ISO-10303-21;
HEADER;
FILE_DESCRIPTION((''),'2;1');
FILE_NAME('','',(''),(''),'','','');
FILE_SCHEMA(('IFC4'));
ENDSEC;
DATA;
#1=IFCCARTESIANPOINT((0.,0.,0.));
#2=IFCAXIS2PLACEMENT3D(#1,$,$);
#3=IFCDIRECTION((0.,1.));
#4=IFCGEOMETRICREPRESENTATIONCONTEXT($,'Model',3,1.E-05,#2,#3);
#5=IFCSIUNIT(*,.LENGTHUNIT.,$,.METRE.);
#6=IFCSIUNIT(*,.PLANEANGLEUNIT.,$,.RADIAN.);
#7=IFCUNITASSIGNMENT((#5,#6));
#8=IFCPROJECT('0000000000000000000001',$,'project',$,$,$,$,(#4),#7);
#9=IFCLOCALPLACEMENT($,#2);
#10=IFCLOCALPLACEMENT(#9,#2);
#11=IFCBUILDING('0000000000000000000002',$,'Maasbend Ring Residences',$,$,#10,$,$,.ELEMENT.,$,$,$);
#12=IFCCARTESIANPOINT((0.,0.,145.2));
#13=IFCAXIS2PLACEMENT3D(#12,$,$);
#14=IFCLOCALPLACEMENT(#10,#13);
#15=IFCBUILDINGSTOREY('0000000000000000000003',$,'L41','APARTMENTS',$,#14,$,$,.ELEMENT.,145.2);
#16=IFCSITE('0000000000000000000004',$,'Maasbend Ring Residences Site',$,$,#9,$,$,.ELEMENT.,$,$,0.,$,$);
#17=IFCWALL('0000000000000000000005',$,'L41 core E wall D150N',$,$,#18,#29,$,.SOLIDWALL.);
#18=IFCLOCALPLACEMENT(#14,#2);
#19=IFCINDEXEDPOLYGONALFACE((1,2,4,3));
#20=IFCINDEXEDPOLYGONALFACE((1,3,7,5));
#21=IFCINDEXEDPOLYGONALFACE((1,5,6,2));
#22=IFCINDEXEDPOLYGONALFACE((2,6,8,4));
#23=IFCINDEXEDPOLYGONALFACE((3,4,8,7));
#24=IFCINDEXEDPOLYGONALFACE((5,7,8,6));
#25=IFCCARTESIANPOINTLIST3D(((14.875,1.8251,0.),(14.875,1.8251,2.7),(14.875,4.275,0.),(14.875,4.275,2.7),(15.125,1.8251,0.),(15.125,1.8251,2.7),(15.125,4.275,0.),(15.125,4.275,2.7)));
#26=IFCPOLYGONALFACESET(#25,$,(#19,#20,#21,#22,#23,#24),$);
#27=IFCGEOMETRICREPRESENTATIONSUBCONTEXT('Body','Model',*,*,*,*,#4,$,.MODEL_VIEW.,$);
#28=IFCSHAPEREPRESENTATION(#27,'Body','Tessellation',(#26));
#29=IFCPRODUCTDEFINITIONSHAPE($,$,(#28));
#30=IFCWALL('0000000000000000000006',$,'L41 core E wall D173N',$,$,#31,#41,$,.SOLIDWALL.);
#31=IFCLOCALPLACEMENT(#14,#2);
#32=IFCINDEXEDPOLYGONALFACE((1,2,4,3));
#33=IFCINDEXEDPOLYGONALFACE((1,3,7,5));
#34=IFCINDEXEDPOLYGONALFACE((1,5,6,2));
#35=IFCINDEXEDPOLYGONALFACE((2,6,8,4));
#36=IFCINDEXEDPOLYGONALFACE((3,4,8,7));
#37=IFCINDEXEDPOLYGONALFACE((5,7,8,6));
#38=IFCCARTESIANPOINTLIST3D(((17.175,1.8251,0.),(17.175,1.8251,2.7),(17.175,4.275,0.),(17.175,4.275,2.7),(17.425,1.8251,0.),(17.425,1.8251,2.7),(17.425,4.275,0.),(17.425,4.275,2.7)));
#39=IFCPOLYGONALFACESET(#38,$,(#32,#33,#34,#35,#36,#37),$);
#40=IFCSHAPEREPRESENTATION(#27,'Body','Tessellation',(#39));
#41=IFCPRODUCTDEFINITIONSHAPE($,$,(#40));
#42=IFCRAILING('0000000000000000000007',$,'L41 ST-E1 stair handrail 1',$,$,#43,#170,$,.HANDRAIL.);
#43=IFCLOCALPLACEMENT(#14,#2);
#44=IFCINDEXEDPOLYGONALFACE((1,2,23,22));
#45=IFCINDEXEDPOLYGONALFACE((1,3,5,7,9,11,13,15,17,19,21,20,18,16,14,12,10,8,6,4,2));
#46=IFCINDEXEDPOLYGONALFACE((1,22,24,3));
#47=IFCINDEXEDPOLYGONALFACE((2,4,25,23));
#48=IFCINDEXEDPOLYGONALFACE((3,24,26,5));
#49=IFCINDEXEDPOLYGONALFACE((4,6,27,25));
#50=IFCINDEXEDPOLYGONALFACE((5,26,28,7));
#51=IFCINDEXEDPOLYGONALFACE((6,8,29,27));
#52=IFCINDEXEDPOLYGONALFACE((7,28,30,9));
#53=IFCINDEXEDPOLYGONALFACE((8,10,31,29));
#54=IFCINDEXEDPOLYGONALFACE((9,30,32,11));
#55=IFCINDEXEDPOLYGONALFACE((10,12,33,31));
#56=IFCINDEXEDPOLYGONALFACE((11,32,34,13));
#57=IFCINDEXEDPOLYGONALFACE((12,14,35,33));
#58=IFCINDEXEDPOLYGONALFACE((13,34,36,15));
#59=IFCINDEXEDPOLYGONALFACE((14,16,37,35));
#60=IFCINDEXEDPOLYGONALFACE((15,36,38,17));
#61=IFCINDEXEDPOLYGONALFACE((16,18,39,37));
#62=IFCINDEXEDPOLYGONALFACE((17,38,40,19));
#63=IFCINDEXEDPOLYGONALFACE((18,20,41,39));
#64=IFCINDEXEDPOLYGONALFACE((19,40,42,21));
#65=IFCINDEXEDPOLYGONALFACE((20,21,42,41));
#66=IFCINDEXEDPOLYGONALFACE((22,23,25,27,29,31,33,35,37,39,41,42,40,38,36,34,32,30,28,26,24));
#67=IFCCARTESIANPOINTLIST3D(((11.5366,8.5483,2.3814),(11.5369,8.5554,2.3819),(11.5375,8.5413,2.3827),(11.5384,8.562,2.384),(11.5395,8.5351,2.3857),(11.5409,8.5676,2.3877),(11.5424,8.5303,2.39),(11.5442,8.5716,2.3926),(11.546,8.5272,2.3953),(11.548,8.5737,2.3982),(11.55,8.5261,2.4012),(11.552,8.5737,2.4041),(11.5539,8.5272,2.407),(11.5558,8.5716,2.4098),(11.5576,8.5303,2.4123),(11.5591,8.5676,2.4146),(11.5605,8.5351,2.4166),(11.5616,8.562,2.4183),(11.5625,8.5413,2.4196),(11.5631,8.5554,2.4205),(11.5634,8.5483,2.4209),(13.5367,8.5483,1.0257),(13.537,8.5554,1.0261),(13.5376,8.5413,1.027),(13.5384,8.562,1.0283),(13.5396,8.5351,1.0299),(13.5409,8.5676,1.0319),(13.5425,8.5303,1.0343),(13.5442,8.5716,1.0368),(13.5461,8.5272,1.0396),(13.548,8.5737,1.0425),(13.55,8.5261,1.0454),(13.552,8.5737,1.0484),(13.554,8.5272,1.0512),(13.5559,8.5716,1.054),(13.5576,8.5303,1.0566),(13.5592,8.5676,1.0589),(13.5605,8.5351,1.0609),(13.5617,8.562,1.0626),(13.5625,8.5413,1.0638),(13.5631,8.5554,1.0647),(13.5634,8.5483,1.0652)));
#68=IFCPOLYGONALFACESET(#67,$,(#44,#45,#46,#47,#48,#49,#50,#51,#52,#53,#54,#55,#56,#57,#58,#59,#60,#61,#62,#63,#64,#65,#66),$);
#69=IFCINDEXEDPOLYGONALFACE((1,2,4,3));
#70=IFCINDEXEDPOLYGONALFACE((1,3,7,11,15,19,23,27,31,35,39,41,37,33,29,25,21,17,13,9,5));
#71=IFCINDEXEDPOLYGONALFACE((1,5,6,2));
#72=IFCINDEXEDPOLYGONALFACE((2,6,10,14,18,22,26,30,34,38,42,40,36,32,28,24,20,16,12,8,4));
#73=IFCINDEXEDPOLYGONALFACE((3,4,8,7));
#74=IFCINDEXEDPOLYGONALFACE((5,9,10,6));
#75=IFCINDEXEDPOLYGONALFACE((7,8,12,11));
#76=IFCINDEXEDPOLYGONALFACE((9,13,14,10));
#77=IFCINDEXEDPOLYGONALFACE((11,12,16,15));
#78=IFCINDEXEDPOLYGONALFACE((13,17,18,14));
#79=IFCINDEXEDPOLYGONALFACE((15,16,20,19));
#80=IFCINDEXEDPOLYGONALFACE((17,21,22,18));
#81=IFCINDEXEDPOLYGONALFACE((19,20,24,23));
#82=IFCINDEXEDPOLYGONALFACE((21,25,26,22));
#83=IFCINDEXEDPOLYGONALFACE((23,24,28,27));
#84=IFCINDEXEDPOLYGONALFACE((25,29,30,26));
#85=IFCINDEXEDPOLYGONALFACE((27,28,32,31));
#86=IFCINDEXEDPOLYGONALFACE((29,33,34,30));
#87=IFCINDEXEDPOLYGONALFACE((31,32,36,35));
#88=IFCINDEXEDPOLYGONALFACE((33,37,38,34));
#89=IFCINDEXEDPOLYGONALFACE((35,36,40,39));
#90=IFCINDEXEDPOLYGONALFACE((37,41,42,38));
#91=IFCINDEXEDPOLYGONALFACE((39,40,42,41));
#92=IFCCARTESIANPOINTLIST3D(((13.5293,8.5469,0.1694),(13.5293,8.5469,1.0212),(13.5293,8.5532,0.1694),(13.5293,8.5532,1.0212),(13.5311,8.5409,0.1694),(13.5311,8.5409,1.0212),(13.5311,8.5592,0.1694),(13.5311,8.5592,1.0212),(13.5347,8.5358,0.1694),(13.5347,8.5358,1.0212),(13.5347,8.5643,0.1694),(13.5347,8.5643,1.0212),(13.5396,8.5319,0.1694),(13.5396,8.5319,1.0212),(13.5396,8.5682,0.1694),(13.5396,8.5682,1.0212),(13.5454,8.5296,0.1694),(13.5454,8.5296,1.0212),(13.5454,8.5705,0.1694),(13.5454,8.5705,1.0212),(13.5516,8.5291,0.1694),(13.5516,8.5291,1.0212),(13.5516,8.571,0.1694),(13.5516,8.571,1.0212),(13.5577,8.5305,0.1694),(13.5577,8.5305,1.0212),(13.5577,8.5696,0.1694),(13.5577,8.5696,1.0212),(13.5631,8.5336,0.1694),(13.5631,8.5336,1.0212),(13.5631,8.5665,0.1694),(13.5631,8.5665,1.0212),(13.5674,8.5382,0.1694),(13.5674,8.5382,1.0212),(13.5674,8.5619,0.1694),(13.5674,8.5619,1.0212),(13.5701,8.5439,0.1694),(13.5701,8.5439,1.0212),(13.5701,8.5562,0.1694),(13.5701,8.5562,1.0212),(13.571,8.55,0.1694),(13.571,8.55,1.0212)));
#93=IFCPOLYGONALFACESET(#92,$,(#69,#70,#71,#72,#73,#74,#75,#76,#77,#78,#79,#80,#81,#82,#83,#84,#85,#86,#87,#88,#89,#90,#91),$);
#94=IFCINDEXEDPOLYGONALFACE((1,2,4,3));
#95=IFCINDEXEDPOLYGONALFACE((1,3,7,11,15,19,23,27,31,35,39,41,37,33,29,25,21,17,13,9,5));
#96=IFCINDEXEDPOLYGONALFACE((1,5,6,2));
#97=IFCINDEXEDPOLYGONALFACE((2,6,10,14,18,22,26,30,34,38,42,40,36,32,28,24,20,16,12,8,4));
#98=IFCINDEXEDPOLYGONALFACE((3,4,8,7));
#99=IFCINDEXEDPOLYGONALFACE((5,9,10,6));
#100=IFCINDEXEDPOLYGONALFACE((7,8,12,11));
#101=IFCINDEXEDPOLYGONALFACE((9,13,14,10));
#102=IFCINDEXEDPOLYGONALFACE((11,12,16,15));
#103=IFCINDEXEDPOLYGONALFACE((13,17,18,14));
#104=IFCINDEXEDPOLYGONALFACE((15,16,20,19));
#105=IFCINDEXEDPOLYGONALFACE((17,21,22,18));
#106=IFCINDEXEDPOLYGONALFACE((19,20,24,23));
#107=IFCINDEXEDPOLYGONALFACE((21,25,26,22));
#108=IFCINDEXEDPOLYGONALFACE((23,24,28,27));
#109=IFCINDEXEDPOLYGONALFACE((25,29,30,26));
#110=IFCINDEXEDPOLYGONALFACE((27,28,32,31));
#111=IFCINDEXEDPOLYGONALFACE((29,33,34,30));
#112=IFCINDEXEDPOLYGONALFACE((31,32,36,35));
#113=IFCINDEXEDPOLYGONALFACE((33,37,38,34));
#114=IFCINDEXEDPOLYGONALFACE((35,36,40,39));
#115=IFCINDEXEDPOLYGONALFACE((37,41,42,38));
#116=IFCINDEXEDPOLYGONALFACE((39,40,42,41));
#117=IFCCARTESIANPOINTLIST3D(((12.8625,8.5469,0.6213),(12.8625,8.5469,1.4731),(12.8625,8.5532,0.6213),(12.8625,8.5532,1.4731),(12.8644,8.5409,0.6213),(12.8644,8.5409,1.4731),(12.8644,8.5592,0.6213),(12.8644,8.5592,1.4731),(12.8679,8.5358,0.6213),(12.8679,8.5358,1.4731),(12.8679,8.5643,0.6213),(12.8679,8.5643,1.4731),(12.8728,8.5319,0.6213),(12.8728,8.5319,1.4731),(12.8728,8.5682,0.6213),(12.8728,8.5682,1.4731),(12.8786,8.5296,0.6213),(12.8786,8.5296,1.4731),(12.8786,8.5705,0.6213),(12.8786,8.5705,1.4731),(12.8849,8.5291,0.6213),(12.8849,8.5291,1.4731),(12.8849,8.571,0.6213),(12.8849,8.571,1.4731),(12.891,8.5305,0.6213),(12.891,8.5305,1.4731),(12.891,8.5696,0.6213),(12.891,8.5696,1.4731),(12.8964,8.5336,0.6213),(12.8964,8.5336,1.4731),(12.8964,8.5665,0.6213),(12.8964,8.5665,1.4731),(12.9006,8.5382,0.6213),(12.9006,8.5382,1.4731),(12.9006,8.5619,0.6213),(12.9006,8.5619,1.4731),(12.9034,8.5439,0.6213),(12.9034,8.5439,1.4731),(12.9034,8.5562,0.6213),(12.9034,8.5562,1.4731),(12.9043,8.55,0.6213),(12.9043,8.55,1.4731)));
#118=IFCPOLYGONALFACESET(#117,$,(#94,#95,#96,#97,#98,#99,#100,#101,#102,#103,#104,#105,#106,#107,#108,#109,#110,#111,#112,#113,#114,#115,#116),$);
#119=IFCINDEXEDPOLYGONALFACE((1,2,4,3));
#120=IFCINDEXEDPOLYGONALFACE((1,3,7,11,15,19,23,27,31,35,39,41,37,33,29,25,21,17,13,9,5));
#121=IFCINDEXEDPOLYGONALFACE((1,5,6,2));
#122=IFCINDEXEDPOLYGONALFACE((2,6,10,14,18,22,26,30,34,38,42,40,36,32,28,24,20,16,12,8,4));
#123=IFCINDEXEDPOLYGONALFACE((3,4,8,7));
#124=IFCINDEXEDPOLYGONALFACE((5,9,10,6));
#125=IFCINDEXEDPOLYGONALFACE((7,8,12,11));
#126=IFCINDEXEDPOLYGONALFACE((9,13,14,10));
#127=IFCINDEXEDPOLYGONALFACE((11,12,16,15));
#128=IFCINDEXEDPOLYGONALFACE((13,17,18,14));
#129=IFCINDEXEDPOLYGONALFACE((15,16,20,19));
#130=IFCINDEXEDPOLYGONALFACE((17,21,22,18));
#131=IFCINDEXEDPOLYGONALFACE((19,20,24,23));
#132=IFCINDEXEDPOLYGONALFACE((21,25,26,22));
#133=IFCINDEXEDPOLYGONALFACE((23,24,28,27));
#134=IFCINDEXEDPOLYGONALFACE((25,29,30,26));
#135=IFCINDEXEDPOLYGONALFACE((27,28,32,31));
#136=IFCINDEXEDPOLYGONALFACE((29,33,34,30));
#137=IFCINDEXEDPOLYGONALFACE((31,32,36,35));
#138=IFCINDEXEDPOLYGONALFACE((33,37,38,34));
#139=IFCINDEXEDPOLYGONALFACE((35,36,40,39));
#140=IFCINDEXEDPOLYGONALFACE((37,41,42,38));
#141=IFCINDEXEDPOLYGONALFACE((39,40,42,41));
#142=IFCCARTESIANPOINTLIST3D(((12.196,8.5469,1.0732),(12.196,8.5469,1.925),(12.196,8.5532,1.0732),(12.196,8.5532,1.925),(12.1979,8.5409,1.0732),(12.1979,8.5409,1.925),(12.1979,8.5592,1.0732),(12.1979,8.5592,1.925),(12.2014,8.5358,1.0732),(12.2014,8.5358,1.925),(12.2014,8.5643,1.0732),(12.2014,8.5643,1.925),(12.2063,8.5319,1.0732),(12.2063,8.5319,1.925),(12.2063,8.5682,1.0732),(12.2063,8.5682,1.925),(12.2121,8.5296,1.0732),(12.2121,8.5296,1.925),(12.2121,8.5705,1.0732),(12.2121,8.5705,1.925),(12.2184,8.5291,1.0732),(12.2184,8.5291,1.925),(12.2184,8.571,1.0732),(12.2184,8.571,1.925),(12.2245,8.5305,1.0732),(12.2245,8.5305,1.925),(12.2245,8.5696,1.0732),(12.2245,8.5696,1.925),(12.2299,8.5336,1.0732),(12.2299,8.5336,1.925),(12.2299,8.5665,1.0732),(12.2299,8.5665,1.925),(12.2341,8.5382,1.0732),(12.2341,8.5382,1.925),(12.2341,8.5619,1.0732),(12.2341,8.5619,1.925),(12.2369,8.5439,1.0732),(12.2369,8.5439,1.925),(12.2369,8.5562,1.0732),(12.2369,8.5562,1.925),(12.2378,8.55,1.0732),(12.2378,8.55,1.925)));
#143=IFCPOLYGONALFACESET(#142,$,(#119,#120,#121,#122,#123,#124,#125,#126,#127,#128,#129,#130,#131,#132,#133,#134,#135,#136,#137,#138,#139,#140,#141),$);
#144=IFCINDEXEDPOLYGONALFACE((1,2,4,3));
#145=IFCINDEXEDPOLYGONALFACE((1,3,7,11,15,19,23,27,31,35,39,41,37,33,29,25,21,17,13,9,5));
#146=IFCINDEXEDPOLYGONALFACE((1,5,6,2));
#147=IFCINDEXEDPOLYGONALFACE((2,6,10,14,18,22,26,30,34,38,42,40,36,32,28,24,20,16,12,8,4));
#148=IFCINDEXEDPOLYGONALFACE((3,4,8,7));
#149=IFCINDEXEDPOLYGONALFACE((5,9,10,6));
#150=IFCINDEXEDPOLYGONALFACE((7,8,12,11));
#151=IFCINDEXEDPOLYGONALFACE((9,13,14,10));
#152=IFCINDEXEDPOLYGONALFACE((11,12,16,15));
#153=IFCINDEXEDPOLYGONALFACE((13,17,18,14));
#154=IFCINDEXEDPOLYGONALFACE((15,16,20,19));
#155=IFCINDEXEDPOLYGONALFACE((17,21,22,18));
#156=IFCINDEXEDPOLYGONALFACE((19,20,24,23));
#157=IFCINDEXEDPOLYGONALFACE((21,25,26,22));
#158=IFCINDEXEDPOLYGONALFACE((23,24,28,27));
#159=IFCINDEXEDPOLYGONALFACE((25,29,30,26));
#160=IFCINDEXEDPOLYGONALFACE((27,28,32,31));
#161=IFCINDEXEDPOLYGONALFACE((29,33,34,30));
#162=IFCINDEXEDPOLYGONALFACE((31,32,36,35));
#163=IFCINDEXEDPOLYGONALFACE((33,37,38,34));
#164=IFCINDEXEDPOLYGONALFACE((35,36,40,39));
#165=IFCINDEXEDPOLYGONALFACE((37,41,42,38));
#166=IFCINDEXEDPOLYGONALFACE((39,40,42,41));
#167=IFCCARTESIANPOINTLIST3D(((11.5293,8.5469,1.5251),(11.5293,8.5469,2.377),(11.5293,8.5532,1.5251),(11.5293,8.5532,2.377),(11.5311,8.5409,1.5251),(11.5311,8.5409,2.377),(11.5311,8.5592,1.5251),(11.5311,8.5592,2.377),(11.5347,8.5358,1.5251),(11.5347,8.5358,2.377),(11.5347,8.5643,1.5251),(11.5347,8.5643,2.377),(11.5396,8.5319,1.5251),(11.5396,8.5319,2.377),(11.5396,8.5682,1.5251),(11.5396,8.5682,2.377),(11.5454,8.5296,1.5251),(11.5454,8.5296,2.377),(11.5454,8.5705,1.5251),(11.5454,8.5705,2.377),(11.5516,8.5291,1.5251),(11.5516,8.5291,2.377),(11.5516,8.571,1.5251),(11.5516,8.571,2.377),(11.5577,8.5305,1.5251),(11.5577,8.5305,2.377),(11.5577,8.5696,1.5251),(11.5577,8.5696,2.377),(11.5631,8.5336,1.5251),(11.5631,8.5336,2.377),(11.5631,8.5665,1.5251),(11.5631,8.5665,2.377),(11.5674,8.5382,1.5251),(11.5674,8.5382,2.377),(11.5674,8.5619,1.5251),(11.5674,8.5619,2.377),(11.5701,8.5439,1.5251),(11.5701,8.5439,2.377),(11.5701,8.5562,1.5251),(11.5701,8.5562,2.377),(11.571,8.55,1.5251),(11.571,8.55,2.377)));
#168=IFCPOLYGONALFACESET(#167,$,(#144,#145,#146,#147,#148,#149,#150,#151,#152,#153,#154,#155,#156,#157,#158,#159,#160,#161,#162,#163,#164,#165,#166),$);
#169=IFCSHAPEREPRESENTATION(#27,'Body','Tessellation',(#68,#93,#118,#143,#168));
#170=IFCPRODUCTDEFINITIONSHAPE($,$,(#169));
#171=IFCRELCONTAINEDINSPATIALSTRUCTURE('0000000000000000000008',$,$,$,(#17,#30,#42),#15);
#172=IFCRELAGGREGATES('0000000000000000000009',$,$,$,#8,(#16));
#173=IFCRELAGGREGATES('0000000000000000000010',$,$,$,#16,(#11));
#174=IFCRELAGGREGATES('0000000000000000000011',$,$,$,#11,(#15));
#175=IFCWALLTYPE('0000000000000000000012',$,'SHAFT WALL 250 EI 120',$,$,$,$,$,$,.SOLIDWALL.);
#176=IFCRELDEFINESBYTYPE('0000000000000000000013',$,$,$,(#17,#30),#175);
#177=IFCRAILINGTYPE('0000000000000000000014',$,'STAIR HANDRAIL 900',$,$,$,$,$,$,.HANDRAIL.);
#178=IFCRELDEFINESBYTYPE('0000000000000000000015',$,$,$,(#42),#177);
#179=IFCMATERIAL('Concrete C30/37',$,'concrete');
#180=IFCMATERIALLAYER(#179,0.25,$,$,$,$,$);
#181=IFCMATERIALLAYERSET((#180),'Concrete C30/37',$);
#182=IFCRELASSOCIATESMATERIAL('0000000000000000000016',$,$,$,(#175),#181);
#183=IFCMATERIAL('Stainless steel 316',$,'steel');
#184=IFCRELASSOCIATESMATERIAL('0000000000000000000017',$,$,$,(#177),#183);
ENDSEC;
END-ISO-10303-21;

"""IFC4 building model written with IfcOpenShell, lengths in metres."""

from ifc_helpers import new_model, si_unit, direction, frame, frame_2d, origin, origin_2d, place, context, subcontext, project, spatial, rectangle, circle, extrude, material, layer, layer_set, type_object, element, save


model = new_model("IFC4")

# Units and contexts
model_context = context("Model", 3, precision=1e-05, world=origin(), true_north=direction((0.0, 1.0)))
body_context = subcontext(model_context, "Body", "Model", "MODEL_VIEW")
ifc_project = project(units=[si_unit("LENGTHUNIT", "METRE"), si_unit("PLANEANGLEUNIT", "RADIAN")], contexts=[model_context])

# Site, building, storey
site_placement = place(None, origin())
site = spatial("IfcSite", under=ifc_project, at=site_placement, Name="Maasbend Ring Residences Site", CompositionType="ELEMENT", RefElevation=0.0)
building_placement = place(site_placement, origin())
building = spatial("IfcBuilding", under=site, at=building_placement, Name="Maasbend Ring Residences", CompositionType="ELEMENT")
storey_placement = place(building_placement, frame((0.0, 0.0, 145.2)))
storey = spatial("IfcBuildingStorey", under=building, at=storey_placement, Name="L41", Description="APARTMENTS", CompositionType="ELEMENT", Elevation=145.2)

# Walls
ifc_material_1 = material(Name="Concrete C30/37", Category="concrete")
ifc_layer_1 = layer(ifc_material_1, 0.25)
ifc_layer_set_1 = layer_set([ifc_layer_1], Name="Concrete C30/37")
wall_type_1 = type_object("IfcWallType", Name="SHAFT WALL 250 EI 120", PredefinedType="SOLIDWALL", material=ifc_layer_set_1)
for number, where, z_axis, x_axis, name in (
    (1, (15.0, 1.825, 0.0), (0.0, 0.0, 1.0), (0.0, 1.0, 0.0), "L41 core E wall D150N"),
    (2, (17.3, 1.825, 0.0), (0.0, 0.0, 1.0), (0.0, 1.0, 0.0), "L41 core E wall D173N"),
):
    element("IfcWall", number, at=place(storey_placement, frame(where, z_axis=z_axis, x_axis=x_axis)), inside=storey, type_object=wall_type_1, Name=name, PredefinedType="SOLIDWALL", context=body_context, shape_type="SweptSolid", body=[
        extrude(rectangle(XDim=2.45, YDim=0.25, at=frame_2d((1.2251, 0.0))), origin(), (0.0, 0.0, 1.0), 2.7),
    ])

# Railing
ifc_material_2 = material(Name="Stainless steel 316", Category="steel")
railing_type_1 = type_object("IfcRailingType", Name="STAIR HANDRAIL 900", PredefinedType="HANDRAIL", material=ifc_material_2)
railing_1_placement = place(storey_placement, frame((13.55, 8.55, 0.1694)))
element("IfcRailing", 3, at=railing_1_placement, inside=storey, type_object=railing_type_1, Name="L41 ST-E1 stair handrail 1", PredefinedType="HANDRAIL", context=body_context, shape_type="SweptSolid", body=[
    extrude(circle(Radius=0.0239, at=origin_2d()), frame((0.0, 0.0, 0.876), z_axis=(-0.827751, 0.0, 0.561096), x_axis=(0.0, -1.0, 0.0)), (0.0, 0.0, 1.0), 2.4163),
    extrude(circle(Radius=0.021, at=origin_2d()), origin(), (0.0, 0.0, 1.0), 0.8518),
    extrude(circle(Radius=0.021, at=origin_2d()), frame((-0.6667, 0.0, 0.4519)), (0.0, 0.0, 1.0), 0.8518),
    extrude(circle(Radius=0.021, at=origin_2d()), frame((-1.3333, 0.0, 0.9038)), (0.0, 0.0, 1.0), 0.8518),
    extrude(circle(Radius=0.021, at=origin_2d()), frame((-2.0, 0.0, 1.3557)), (0.0, 0.0, 1.0), 0.8518),
])

save(model, "model.ifc")
